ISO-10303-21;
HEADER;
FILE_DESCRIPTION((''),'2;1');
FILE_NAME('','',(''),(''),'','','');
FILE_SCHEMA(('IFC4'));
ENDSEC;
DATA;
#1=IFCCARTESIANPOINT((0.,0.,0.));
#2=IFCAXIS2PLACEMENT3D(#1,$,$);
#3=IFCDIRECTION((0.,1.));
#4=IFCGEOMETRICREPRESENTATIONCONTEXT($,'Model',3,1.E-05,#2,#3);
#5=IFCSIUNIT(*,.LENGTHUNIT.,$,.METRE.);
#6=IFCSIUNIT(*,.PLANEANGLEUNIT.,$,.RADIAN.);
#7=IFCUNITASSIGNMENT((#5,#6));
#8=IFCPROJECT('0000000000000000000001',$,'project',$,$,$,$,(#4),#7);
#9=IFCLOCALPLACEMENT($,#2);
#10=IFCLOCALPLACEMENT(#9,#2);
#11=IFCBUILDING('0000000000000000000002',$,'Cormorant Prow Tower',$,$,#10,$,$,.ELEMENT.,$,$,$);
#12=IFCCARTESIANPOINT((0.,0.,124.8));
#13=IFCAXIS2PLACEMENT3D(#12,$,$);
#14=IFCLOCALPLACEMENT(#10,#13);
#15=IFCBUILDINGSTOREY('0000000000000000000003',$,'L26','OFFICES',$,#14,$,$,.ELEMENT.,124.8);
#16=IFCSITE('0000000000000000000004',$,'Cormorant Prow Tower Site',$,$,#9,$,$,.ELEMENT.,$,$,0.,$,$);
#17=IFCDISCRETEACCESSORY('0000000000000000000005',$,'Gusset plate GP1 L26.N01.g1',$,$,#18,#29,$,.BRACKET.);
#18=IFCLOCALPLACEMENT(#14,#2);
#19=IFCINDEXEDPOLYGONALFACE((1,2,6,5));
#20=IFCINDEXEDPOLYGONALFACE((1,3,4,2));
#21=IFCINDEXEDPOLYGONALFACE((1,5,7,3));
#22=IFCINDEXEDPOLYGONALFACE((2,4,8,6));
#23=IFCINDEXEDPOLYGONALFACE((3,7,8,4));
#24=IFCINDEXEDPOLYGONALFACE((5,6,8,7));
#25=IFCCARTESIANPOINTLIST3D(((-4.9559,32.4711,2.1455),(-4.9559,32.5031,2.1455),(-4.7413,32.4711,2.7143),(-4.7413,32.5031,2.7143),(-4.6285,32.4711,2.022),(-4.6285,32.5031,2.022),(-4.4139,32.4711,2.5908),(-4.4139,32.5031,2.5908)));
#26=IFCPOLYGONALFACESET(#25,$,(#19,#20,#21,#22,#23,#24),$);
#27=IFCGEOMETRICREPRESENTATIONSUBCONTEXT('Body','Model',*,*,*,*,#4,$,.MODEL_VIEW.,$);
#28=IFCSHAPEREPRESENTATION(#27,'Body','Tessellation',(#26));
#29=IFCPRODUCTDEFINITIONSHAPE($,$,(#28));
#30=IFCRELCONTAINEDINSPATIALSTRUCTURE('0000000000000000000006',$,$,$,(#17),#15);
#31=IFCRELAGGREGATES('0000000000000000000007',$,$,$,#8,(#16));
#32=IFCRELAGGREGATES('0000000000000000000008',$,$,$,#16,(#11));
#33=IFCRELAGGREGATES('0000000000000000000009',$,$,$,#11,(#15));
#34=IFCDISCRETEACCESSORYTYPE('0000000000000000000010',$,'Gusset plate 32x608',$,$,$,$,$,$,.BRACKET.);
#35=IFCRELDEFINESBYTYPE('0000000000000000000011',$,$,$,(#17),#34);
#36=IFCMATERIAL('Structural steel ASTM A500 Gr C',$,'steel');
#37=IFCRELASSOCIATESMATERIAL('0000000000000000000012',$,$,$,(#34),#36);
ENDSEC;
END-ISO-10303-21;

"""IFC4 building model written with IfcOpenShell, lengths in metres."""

from ifc_helpers import new_model, si_unit, direction, frame, origin, origin_2d, place, context, subcontext, project, spatial, rectangle, extrude, material, material_profile, profile_set, type_object, element, save


model = new_model("IFC4")

# Units and contexts
model_context = context("Model", 3, precision=1e-05, world=origin(), true_north=direction((0.0, 1.0)))
body_context = subcontext(model_context, "Body", "Model", "MODEL_VIEW")
ifc_project = project(units=[si_unit("LENGTHUNIT", "METRE"), si_unit("PLANEANGLEUNIT", "RADIAN")], contexts=[model_context])

# Site, building, storey
site_placement = place(None, origin())
site = spatial("IfcSite", under=ifc_project, at=site_placement, Name="Cormorant Prow Tower Site", CompositionType="ELEMENT", RefElevation=0.0)
building_placement = place(site_placement, origin())
building = spatial("IfcBuilding", under=site, at=building_placement, Name="Cormorant Prow Tower", CompositionType="ELEMENT")
storey_placement = place(building_placement, frame((0.0, 0.0, 124.8)))
storey = spatial("IfcBuildingStorey", under=building, at=storey_placement, Name="L26", Description="OFFICES", CompositionType="ELEMENT", Elevation=124.8)

# Discrete accessory
ifc_material_1 = material(Name="Structural steel ASTM A500 Gr C", Category="steel")
ifc_material_profile_1 = material_profile(ifc_material_1, rectangle(XDim=0.032, YDim=0.6079, at=origin_2d()), Name="Gusset plate 32x608")
ifc_profile_set_1 = profile_set([ifc_material_profile_1], Name="Structural steel ASTM A500 Gr C")
discrete_accessory_type = type_object("IfcDiscreteAccessoryType", Name="Gusset plate 32x608", PredefinedType="BRACKET", material=ifc_profile_set_1)
discrete_accessory_1_placement = place(storey_placement, frame((-4.5212, 32.4871, 2.3064), z_axis=(-0.93561, 0.0, 0.353034), x_axis=(0.0, -1.0, 0.0)))
element("IfcDiscreteAccessory", 1, at=discrete_accessory_1_placement, inside=storey, type_object=discrete_accessory_type, Name="Gusset plate GP1 L26.N01.g1", PredefinedType="BRACKET", context=body_context, shape_type="SweptSolid", body=[
    extrude(rectangle(XDim=0.032, YDim=0.6079, at=origin_2d()), origin(), (0.0, 0.0, 1.0), 0.3499),
])

save(model, "model.ifc")
